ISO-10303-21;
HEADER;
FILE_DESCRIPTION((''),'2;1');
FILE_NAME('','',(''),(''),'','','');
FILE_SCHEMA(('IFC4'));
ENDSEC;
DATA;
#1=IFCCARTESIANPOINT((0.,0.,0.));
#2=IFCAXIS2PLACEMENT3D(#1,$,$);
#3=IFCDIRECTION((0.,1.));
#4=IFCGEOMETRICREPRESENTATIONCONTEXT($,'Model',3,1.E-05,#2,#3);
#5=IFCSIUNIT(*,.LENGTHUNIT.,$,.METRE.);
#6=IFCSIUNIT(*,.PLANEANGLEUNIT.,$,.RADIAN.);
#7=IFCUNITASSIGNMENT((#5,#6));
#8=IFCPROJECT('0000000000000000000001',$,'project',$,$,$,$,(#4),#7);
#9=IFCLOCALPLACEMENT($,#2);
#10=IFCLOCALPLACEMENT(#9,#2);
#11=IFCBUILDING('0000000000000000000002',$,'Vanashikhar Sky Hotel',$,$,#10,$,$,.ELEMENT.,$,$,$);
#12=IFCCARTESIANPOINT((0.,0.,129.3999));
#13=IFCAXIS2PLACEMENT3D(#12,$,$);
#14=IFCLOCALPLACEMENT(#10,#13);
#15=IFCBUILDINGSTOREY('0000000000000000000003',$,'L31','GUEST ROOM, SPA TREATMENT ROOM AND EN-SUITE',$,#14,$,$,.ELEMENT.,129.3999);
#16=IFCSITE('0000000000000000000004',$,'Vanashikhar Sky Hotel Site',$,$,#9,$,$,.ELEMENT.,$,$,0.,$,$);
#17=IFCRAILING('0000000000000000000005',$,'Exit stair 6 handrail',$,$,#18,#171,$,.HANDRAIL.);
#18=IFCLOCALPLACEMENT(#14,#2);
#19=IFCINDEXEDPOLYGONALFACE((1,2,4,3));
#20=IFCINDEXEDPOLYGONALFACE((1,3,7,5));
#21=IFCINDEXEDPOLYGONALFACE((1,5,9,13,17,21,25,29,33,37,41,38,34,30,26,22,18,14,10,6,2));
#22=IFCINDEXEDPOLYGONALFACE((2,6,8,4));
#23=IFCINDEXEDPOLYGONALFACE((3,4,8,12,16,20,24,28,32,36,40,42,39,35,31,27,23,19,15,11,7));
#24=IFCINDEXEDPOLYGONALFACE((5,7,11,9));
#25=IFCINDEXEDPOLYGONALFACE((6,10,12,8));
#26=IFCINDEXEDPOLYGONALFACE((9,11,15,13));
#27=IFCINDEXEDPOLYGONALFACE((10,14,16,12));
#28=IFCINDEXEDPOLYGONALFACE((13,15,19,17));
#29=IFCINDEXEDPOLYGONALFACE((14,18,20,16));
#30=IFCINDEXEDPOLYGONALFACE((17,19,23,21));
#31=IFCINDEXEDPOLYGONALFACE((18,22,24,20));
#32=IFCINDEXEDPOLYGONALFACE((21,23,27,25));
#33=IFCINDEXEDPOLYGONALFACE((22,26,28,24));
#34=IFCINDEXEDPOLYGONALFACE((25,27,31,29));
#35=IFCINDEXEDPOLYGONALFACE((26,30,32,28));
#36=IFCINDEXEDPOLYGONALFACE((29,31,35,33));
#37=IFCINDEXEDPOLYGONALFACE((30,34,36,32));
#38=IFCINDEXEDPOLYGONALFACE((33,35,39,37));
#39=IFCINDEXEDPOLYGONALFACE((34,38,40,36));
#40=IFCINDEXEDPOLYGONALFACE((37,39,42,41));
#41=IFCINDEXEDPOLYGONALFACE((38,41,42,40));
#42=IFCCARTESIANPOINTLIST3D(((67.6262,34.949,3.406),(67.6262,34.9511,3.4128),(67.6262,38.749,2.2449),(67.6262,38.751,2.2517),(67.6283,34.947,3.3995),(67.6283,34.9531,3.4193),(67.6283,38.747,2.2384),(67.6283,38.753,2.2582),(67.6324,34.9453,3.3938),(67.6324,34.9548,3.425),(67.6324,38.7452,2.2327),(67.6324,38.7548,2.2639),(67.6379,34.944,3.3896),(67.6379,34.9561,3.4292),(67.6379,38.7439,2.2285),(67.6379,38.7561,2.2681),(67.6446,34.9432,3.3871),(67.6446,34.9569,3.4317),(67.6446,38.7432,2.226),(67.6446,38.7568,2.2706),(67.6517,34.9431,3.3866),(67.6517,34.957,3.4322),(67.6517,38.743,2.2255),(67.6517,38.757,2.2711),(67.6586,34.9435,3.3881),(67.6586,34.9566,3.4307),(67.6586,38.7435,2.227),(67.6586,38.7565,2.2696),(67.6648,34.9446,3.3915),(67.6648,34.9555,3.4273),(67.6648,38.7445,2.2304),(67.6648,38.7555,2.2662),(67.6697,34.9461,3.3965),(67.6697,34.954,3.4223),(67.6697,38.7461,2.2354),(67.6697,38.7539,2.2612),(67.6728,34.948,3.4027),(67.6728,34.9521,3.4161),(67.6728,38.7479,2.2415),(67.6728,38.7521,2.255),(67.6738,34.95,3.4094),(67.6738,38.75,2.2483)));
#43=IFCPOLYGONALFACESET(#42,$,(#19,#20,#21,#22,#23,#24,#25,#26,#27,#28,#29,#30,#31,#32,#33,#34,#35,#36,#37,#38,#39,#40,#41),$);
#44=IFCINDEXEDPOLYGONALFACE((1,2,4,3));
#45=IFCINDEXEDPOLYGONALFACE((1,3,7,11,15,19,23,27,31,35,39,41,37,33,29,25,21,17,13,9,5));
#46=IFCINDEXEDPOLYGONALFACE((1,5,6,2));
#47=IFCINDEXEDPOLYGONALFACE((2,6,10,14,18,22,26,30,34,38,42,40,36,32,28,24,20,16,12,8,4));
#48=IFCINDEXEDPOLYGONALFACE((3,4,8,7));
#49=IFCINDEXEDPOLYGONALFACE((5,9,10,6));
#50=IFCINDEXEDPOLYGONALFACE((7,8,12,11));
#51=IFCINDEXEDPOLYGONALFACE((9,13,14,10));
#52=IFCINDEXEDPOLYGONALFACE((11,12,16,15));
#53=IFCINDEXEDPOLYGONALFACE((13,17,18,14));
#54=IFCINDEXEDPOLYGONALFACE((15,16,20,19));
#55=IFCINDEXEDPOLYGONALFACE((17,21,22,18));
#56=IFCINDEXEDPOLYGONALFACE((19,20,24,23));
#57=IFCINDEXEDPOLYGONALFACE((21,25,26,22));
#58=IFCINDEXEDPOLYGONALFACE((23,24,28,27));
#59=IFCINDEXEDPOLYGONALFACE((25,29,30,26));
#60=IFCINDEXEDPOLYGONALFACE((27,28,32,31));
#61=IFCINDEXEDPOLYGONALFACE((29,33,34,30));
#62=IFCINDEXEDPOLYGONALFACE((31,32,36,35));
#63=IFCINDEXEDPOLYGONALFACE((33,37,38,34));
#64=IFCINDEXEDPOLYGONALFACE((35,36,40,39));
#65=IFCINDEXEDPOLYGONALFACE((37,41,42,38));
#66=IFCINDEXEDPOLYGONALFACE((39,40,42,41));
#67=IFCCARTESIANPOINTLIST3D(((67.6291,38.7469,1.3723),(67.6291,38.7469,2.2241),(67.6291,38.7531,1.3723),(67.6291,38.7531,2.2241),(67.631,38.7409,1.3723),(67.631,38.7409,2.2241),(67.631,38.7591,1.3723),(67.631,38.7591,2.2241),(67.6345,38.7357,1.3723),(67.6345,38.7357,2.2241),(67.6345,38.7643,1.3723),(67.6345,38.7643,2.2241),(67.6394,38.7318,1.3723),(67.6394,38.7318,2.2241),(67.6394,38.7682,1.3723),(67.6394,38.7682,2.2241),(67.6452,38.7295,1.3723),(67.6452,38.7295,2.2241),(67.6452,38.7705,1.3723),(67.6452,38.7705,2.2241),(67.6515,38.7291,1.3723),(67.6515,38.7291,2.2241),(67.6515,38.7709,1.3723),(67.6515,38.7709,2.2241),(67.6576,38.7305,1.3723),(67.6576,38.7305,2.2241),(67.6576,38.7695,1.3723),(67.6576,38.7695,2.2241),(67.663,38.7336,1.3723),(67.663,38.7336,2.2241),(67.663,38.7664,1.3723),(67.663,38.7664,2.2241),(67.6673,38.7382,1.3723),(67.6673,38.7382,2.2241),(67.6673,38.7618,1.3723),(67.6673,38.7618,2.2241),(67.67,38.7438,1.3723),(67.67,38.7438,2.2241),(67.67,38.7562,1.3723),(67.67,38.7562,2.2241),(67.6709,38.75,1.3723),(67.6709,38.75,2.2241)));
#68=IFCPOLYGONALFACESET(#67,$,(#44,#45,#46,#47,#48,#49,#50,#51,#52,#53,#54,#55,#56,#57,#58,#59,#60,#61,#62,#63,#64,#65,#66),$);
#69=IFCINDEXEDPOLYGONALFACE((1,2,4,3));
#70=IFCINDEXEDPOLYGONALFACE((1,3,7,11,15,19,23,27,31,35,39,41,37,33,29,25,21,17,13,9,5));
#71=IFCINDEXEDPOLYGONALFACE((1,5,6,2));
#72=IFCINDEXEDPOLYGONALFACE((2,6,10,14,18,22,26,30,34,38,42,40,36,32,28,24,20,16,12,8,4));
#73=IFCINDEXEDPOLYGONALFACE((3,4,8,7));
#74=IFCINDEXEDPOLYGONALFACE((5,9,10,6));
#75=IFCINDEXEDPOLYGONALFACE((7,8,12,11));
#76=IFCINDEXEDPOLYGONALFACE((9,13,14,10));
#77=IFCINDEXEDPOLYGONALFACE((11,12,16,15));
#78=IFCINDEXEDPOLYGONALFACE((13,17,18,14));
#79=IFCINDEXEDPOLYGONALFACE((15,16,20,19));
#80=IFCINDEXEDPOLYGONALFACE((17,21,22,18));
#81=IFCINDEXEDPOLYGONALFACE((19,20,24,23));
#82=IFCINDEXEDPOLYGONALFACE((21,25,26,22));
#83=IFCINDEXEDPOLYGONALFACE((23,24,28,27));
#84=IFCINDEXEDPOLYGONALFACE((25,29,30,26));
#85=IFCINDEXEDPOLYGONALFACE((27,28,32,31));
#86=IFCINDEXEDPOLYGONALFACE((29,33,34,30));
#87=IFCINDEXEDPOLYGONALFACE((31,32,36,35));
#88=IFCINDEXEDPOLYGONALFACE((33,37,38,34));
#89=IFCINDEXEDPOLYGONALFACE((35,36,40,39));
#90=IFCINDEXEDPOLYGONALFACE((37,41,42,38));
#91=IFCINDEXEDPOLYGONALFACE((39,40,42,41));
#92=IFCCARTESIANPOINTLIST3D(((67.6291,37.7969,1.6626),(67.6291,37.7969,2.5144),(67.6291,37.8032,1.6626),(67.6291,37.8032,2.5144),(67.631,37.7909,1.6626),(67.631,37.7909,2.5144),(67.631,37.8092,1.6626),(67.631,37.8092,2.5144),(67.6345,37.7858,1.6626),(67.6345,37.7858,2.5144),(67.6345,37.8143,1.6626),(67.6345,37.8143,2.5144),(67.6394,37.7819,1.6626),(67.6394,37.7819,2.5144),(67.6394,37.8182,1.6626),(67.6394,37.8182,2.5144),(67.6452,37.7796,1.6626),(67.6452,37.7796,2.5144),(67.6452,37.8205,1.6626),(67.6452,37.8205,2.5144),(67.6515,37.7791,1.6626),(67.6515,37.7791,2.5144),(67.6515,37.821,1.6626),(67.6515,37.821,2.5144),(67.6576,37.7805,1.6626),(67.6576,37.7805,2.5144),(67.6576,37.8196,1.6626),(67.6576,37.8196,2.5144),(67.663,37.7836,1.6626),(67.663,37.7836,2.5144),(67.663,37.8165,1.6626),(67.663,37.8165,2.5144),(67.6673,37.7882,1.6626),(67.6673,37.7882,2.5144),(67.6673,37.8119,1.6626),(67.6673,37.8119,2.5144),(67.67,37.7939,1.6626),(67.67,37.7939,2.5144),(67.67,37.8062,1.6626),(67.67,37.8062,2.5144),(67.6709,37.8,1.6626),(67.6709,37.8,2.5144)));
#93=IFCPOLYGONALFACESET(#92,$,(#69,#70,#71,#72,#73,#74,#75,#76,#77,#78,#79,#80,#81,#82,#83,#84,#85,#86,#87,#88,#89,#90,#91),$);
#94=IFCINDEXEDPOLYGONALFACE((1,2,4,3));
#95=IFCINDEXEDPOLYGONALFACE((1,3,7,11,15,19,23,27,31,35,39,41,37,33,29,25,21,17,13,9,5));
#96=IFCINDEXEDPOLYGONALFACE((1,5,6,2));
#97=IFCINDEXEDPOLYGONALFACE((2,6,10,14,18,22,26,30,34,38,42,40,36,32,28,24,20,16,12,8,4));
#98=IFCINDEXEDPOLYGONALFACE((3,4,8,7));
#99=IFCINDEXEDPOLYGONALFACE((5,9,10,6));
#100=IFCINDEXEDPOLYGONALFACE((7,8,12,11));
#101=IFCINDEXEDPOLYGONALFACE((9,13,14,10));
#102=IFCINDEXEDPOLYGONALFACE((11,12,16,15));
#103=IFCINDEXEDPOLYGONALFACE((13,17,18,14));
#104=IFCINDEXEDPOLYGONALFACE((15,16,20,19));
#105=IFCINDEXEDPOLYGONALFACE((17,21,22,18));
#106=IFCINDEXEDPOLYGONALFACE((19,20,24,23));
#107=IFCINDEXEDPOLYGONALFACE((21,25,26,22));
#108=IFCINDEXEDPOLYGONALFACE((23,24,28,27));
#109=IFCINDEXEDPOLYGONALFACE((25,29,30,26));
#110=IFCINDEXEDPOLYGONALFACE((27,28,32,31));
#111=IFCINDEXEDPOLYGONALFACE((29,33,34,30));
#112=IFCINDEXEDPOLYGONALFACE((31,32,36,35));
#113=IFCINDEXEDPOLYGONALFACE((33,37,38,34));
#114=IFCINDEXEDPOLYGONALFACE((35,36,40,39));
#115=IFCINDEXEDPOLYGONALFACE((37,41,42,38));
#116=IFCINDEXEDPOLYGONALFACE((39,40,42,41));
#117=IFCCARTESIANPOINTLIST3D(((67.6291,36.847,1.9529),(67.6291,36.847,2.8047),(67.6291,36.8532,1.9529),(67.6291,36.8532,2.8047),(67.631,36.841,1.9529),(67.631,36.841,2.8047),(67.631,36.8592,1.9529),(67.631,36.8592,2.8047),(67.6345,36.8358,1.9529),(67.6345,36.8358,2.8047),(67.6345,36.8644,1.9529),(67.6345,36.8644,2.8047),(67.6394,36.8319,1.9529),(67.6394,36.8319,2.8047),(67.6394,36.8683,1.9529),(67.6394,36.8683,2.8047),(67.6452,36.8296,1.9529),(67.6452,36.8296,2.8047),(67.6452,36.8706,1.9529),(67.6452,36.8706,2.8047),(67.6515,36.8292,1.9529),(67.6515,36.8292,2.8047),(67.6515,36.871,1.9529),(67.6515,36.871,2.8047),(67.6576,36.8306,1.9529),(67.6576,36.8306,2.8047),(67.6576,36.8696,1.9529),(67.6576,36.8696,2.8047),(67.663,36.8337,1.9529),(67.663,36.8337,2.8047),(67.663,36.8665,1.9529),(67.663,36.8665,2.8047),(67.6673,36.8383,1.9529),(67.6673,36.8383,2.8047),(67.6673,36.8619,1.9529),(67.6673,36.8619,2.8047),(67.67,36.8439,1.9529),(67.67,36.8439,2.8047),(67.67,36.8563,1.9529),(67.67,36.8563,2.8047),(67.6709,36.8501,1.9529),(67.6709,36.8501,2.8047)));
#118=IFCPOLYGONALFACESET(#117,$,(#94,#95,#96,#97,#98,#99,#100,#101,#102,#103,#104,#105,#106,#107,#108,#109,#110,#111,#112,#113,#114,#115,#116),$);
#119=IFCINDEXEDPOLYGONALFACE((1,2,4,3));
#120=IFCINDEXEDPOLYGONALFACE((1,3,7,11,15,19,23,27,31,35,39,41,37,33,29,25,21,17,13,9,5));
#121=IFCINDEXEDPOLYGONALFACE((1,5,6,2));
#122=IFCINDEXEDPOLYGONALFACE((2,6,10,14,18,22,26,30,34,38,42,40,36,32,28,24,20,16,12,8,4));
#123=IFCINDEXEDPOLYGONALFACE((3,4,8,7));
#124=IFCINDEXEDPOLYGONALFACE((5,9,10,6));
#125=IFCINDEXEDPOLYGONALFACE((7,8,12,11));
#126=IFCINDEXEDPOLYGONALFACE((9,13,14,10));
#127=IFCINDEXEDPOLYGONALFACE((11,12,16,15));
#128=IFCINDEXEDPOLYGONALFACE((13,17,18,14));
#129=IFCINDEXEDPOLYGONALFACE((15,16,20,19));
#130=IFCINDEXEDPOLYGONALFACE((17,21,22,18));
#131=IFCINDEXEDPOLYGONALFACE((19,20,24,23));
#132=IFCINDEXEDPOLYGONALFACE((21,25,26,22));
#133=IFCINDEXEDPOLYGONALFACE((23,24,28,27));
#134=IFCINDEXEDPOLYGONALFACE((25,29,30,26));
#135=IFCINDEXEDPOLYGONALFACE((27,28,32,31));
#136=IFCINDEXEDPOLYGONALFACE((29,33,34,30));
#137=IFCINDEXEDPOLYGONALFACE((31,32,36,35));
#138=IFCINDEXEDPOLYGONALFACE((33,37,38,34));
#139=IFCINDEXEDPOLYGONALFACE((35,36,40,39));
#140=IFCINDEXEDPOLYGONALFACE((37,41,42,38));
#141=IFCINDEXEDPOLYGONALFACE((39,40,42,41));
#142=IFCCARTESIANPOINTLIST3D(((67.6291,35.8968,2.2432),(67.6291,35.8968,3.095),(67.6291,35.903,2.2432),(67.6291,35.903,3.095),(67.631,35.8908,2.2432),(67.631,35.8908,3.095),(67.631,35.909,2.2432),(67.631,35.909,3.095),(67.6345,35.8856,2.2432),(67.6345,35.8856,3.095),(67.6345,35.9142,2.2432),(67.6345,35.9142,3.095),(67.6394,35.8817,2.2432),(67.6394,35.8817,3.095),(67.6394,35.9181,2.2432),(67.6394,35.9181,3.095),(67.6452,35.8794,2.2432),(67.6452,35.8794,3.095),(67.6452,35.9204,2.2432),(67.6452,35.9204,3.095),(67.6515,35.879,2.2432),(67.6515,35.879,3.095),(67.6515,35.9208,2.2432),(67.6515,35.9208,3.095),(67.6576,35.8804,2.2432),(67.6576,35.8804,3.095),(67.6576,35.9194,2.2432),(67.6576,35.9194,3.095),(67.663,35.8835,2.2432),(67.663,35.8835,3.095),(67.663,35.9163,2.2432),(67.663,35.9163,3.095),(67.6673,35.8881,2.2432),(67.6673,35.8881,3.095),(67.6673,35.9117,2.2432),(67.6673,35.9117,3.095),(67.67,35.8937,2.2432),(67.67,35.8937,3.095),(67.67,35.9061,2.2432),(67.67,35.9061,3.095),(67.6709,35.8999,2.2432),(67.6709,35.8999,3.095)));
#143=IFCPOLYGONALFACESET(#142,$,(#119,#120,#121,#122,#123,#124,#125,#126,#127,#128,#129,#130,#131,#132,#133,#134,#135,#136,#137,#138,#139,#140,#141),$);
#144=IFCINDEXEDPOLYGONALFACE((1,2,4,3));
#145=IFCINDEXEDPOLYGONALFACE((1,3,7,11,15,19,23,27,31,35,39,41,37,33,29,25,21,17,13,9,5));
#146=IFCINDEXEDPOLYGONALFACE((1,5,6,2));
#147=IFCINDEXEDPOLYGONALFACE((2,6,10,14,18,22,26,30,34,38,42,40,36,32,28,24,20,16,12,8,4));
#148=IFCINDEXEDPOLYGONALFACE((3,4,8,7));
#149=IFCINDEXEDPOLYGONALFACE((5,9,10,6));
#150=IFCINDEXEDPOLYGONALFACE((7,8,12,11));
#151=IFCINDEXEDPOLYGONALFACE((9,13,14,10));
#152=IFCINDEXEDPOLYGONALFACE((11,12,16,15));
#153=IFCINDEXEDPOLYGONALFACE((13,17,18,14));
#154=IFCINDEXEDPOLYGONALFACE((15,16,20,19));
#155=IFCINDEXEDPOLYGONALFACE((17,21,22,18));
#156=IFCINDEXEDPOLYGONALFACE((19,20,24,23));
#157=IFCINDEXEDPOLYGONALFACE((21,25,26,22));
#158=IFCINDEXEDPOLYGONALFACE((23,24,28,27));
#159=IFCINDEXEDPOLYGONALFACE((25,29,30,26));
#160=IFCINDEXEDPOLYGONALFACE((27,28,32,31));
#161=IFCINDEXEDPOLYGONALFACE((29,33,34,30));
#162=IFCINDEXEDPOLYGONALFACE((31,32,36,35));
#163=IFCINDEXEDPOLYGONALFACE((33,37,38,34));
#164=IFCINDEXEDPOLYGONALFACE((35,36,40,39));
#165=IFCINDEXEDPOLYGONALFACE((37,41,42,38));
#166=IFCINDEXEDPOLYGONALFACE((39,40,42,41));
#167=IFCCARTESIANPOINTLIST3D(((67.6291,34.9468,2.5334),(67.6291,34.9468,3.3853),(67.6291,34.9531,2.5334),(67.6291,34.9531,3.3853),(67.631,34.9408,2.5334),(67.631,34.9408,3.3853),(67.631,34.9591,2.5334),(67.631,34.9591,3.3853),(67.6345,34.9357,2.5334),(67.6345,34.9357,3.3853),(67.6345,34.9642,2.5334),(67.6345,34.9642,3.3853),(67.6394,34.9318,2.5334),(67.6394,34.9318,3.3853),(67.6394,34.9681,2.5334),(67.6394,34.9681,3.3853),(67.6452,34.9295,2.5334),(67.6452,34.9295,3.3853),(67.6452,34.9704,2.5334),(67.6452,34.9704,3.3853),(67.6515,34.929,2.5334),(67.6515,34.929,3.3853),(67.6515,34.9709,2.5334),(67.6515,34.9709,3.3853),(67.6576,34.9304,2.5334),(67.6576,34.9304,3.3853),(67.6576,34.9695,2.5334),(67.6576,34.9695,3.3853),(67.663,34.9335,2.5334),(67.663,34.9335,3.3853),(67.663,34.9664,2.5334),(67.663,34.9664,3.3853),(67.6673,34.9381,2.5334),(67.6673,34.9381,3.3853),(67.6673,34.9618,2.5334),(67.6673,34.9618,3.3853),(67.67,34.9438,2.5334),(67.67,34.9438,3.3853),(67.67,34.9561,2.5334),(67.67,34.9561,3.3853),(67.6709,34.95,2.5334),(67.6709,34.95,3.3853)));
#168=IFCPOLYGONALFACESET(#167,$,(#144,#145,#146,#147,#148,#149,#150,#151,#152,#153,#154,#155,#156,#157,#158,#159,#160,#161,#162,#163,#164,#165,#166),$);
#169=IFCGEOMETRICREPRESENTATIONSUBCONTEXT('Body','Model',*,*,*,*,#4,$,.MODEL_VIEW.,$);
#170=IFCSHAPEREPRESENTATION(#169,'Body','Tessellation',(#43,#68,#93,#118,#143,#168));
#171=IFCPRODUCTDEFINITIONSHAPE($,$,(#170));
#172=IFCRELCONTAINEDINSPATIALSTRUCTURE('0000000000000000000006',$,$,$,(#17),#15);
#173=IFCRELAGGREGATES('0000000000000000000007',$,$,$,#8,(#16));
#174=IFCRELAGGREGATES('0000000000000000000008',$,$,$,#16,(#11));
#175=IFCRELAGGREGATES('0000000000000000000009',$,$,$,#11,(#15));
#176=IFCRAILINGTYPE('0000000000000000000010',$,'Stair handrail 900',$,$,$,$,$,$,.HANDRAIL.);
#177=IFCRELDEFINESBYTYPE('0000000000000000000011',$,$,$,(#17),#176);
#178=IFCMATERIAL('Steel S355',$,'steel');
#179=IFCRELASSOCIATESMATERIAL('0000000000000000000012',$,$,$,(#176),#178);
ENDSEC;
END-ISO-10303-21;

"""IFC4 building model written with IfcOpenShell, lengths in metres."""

from ifc_helpers import new_model, si_unit, direction, frame, origin, origin_2d, place, context, subcontext, project, spatial, circle, extrude, source, transform, mapped, material, type_object, element, save


model = new_model("IFC4")

# Units and contexts
model_context = context("Model", 3, precision=1e-05, world=origin(), true_north=direction((0.0, 1.0)))
body_context = subcontext(model_context, "Body", "Model", "MODEL_VIEW")
ifc_project = project(units=[si_unit("LENGTHUNIT", "METRE"), si_unit("PLANEANGLEUNIT", "RADIAN")], contexts=[model_context])

# Site, building, storey
site_placement = place(None, origin())
site = spatial("IfcSite", under=ifc_project, at=site_placement, Name="Vanashikhar Sky Hotel Site", CompositionType="ELEMENT", RefElevation=0.0)
building_placement = place(site_placement, origin())
building = spatial("IfcBuilding", under=site, at=building_placement, Name="Vanashikhar Sky Hotel", CompositionType="ELEMENT")
storey_placement = place(building_placement, frame((0.0, 0.0, 129.3999)))
storey = spatial("IfcBuildingStorey", under=building, at=storey_placement, Name="L31", Description="GUEST ROOM, SPA TREATMENT ROOM AND EN-SUITE", CompositionType="ELEMENT", Elevation=129.3999)

# Railing
ifc_material_1 = material(Name="Steel S355", Category="steel")
railing_type_1 = type_object("IfcRailingType", Name="Stair handrail 900", PredefinedType="HANDRAIL", material=ifc_material_1)
shared_shape_1 = source(origin(), body_context, "Body", "SweptSolid", [
    extrude(circle(Radius=0.0239, at=origin_2d()), frame((0.0, 0.0, 0.876), z_axis=(0.0, -0.956351, 0.29222), x_axis=(1.0, 0.0, 0.0)), (0.0, 0.0, 1.0), 3.9734),
    extrude(circle(Radius=0.021, at=origin_2d()), origin(), (0.0, 0.0, 1.0), 0.8518),
    extrude(circle(Radius=0.021, at=origin_2d()), frame((0.0, -0.95, 0.2903)), (0.0, 0.0, 1.0), 0.8518),
    extrude(circle(Radius=0.021, at=origin_2d()), frame((0.0, -1.8999, 0.5806)), (0.0, 0.0, 1.0), 0.8518),
    extrude(circle(Radius=0.021, at=origin_2d()), frame((0.0, -2.8501, 0.8708)), (0.0, 0.0, 1.0), 0.8518),
    extrude(circle(Radius=0.021, at=origin_2d()), frame((0.0, -3.8, 1.1611)), (0.0, 0.0, 1.0), 0.8518),
])
for number, where, name in (
    (1, (67.6499, 38.75, 1.3723), "Exit stair 6 handrail"),
):
    element("IfcRailing", number, at=place(storey_placement, frame(where)), inside=storey, type_object=railing_type_1, Name=name, PredefinedType="HANDRAIL", context=body_context, shape_type="MappedRepresentation", body=[
        mapped(shared_shape_1, transform((0.0, 0.0, 0.0), scale=1.0)),
    ])

save(model, "model.ifc")
